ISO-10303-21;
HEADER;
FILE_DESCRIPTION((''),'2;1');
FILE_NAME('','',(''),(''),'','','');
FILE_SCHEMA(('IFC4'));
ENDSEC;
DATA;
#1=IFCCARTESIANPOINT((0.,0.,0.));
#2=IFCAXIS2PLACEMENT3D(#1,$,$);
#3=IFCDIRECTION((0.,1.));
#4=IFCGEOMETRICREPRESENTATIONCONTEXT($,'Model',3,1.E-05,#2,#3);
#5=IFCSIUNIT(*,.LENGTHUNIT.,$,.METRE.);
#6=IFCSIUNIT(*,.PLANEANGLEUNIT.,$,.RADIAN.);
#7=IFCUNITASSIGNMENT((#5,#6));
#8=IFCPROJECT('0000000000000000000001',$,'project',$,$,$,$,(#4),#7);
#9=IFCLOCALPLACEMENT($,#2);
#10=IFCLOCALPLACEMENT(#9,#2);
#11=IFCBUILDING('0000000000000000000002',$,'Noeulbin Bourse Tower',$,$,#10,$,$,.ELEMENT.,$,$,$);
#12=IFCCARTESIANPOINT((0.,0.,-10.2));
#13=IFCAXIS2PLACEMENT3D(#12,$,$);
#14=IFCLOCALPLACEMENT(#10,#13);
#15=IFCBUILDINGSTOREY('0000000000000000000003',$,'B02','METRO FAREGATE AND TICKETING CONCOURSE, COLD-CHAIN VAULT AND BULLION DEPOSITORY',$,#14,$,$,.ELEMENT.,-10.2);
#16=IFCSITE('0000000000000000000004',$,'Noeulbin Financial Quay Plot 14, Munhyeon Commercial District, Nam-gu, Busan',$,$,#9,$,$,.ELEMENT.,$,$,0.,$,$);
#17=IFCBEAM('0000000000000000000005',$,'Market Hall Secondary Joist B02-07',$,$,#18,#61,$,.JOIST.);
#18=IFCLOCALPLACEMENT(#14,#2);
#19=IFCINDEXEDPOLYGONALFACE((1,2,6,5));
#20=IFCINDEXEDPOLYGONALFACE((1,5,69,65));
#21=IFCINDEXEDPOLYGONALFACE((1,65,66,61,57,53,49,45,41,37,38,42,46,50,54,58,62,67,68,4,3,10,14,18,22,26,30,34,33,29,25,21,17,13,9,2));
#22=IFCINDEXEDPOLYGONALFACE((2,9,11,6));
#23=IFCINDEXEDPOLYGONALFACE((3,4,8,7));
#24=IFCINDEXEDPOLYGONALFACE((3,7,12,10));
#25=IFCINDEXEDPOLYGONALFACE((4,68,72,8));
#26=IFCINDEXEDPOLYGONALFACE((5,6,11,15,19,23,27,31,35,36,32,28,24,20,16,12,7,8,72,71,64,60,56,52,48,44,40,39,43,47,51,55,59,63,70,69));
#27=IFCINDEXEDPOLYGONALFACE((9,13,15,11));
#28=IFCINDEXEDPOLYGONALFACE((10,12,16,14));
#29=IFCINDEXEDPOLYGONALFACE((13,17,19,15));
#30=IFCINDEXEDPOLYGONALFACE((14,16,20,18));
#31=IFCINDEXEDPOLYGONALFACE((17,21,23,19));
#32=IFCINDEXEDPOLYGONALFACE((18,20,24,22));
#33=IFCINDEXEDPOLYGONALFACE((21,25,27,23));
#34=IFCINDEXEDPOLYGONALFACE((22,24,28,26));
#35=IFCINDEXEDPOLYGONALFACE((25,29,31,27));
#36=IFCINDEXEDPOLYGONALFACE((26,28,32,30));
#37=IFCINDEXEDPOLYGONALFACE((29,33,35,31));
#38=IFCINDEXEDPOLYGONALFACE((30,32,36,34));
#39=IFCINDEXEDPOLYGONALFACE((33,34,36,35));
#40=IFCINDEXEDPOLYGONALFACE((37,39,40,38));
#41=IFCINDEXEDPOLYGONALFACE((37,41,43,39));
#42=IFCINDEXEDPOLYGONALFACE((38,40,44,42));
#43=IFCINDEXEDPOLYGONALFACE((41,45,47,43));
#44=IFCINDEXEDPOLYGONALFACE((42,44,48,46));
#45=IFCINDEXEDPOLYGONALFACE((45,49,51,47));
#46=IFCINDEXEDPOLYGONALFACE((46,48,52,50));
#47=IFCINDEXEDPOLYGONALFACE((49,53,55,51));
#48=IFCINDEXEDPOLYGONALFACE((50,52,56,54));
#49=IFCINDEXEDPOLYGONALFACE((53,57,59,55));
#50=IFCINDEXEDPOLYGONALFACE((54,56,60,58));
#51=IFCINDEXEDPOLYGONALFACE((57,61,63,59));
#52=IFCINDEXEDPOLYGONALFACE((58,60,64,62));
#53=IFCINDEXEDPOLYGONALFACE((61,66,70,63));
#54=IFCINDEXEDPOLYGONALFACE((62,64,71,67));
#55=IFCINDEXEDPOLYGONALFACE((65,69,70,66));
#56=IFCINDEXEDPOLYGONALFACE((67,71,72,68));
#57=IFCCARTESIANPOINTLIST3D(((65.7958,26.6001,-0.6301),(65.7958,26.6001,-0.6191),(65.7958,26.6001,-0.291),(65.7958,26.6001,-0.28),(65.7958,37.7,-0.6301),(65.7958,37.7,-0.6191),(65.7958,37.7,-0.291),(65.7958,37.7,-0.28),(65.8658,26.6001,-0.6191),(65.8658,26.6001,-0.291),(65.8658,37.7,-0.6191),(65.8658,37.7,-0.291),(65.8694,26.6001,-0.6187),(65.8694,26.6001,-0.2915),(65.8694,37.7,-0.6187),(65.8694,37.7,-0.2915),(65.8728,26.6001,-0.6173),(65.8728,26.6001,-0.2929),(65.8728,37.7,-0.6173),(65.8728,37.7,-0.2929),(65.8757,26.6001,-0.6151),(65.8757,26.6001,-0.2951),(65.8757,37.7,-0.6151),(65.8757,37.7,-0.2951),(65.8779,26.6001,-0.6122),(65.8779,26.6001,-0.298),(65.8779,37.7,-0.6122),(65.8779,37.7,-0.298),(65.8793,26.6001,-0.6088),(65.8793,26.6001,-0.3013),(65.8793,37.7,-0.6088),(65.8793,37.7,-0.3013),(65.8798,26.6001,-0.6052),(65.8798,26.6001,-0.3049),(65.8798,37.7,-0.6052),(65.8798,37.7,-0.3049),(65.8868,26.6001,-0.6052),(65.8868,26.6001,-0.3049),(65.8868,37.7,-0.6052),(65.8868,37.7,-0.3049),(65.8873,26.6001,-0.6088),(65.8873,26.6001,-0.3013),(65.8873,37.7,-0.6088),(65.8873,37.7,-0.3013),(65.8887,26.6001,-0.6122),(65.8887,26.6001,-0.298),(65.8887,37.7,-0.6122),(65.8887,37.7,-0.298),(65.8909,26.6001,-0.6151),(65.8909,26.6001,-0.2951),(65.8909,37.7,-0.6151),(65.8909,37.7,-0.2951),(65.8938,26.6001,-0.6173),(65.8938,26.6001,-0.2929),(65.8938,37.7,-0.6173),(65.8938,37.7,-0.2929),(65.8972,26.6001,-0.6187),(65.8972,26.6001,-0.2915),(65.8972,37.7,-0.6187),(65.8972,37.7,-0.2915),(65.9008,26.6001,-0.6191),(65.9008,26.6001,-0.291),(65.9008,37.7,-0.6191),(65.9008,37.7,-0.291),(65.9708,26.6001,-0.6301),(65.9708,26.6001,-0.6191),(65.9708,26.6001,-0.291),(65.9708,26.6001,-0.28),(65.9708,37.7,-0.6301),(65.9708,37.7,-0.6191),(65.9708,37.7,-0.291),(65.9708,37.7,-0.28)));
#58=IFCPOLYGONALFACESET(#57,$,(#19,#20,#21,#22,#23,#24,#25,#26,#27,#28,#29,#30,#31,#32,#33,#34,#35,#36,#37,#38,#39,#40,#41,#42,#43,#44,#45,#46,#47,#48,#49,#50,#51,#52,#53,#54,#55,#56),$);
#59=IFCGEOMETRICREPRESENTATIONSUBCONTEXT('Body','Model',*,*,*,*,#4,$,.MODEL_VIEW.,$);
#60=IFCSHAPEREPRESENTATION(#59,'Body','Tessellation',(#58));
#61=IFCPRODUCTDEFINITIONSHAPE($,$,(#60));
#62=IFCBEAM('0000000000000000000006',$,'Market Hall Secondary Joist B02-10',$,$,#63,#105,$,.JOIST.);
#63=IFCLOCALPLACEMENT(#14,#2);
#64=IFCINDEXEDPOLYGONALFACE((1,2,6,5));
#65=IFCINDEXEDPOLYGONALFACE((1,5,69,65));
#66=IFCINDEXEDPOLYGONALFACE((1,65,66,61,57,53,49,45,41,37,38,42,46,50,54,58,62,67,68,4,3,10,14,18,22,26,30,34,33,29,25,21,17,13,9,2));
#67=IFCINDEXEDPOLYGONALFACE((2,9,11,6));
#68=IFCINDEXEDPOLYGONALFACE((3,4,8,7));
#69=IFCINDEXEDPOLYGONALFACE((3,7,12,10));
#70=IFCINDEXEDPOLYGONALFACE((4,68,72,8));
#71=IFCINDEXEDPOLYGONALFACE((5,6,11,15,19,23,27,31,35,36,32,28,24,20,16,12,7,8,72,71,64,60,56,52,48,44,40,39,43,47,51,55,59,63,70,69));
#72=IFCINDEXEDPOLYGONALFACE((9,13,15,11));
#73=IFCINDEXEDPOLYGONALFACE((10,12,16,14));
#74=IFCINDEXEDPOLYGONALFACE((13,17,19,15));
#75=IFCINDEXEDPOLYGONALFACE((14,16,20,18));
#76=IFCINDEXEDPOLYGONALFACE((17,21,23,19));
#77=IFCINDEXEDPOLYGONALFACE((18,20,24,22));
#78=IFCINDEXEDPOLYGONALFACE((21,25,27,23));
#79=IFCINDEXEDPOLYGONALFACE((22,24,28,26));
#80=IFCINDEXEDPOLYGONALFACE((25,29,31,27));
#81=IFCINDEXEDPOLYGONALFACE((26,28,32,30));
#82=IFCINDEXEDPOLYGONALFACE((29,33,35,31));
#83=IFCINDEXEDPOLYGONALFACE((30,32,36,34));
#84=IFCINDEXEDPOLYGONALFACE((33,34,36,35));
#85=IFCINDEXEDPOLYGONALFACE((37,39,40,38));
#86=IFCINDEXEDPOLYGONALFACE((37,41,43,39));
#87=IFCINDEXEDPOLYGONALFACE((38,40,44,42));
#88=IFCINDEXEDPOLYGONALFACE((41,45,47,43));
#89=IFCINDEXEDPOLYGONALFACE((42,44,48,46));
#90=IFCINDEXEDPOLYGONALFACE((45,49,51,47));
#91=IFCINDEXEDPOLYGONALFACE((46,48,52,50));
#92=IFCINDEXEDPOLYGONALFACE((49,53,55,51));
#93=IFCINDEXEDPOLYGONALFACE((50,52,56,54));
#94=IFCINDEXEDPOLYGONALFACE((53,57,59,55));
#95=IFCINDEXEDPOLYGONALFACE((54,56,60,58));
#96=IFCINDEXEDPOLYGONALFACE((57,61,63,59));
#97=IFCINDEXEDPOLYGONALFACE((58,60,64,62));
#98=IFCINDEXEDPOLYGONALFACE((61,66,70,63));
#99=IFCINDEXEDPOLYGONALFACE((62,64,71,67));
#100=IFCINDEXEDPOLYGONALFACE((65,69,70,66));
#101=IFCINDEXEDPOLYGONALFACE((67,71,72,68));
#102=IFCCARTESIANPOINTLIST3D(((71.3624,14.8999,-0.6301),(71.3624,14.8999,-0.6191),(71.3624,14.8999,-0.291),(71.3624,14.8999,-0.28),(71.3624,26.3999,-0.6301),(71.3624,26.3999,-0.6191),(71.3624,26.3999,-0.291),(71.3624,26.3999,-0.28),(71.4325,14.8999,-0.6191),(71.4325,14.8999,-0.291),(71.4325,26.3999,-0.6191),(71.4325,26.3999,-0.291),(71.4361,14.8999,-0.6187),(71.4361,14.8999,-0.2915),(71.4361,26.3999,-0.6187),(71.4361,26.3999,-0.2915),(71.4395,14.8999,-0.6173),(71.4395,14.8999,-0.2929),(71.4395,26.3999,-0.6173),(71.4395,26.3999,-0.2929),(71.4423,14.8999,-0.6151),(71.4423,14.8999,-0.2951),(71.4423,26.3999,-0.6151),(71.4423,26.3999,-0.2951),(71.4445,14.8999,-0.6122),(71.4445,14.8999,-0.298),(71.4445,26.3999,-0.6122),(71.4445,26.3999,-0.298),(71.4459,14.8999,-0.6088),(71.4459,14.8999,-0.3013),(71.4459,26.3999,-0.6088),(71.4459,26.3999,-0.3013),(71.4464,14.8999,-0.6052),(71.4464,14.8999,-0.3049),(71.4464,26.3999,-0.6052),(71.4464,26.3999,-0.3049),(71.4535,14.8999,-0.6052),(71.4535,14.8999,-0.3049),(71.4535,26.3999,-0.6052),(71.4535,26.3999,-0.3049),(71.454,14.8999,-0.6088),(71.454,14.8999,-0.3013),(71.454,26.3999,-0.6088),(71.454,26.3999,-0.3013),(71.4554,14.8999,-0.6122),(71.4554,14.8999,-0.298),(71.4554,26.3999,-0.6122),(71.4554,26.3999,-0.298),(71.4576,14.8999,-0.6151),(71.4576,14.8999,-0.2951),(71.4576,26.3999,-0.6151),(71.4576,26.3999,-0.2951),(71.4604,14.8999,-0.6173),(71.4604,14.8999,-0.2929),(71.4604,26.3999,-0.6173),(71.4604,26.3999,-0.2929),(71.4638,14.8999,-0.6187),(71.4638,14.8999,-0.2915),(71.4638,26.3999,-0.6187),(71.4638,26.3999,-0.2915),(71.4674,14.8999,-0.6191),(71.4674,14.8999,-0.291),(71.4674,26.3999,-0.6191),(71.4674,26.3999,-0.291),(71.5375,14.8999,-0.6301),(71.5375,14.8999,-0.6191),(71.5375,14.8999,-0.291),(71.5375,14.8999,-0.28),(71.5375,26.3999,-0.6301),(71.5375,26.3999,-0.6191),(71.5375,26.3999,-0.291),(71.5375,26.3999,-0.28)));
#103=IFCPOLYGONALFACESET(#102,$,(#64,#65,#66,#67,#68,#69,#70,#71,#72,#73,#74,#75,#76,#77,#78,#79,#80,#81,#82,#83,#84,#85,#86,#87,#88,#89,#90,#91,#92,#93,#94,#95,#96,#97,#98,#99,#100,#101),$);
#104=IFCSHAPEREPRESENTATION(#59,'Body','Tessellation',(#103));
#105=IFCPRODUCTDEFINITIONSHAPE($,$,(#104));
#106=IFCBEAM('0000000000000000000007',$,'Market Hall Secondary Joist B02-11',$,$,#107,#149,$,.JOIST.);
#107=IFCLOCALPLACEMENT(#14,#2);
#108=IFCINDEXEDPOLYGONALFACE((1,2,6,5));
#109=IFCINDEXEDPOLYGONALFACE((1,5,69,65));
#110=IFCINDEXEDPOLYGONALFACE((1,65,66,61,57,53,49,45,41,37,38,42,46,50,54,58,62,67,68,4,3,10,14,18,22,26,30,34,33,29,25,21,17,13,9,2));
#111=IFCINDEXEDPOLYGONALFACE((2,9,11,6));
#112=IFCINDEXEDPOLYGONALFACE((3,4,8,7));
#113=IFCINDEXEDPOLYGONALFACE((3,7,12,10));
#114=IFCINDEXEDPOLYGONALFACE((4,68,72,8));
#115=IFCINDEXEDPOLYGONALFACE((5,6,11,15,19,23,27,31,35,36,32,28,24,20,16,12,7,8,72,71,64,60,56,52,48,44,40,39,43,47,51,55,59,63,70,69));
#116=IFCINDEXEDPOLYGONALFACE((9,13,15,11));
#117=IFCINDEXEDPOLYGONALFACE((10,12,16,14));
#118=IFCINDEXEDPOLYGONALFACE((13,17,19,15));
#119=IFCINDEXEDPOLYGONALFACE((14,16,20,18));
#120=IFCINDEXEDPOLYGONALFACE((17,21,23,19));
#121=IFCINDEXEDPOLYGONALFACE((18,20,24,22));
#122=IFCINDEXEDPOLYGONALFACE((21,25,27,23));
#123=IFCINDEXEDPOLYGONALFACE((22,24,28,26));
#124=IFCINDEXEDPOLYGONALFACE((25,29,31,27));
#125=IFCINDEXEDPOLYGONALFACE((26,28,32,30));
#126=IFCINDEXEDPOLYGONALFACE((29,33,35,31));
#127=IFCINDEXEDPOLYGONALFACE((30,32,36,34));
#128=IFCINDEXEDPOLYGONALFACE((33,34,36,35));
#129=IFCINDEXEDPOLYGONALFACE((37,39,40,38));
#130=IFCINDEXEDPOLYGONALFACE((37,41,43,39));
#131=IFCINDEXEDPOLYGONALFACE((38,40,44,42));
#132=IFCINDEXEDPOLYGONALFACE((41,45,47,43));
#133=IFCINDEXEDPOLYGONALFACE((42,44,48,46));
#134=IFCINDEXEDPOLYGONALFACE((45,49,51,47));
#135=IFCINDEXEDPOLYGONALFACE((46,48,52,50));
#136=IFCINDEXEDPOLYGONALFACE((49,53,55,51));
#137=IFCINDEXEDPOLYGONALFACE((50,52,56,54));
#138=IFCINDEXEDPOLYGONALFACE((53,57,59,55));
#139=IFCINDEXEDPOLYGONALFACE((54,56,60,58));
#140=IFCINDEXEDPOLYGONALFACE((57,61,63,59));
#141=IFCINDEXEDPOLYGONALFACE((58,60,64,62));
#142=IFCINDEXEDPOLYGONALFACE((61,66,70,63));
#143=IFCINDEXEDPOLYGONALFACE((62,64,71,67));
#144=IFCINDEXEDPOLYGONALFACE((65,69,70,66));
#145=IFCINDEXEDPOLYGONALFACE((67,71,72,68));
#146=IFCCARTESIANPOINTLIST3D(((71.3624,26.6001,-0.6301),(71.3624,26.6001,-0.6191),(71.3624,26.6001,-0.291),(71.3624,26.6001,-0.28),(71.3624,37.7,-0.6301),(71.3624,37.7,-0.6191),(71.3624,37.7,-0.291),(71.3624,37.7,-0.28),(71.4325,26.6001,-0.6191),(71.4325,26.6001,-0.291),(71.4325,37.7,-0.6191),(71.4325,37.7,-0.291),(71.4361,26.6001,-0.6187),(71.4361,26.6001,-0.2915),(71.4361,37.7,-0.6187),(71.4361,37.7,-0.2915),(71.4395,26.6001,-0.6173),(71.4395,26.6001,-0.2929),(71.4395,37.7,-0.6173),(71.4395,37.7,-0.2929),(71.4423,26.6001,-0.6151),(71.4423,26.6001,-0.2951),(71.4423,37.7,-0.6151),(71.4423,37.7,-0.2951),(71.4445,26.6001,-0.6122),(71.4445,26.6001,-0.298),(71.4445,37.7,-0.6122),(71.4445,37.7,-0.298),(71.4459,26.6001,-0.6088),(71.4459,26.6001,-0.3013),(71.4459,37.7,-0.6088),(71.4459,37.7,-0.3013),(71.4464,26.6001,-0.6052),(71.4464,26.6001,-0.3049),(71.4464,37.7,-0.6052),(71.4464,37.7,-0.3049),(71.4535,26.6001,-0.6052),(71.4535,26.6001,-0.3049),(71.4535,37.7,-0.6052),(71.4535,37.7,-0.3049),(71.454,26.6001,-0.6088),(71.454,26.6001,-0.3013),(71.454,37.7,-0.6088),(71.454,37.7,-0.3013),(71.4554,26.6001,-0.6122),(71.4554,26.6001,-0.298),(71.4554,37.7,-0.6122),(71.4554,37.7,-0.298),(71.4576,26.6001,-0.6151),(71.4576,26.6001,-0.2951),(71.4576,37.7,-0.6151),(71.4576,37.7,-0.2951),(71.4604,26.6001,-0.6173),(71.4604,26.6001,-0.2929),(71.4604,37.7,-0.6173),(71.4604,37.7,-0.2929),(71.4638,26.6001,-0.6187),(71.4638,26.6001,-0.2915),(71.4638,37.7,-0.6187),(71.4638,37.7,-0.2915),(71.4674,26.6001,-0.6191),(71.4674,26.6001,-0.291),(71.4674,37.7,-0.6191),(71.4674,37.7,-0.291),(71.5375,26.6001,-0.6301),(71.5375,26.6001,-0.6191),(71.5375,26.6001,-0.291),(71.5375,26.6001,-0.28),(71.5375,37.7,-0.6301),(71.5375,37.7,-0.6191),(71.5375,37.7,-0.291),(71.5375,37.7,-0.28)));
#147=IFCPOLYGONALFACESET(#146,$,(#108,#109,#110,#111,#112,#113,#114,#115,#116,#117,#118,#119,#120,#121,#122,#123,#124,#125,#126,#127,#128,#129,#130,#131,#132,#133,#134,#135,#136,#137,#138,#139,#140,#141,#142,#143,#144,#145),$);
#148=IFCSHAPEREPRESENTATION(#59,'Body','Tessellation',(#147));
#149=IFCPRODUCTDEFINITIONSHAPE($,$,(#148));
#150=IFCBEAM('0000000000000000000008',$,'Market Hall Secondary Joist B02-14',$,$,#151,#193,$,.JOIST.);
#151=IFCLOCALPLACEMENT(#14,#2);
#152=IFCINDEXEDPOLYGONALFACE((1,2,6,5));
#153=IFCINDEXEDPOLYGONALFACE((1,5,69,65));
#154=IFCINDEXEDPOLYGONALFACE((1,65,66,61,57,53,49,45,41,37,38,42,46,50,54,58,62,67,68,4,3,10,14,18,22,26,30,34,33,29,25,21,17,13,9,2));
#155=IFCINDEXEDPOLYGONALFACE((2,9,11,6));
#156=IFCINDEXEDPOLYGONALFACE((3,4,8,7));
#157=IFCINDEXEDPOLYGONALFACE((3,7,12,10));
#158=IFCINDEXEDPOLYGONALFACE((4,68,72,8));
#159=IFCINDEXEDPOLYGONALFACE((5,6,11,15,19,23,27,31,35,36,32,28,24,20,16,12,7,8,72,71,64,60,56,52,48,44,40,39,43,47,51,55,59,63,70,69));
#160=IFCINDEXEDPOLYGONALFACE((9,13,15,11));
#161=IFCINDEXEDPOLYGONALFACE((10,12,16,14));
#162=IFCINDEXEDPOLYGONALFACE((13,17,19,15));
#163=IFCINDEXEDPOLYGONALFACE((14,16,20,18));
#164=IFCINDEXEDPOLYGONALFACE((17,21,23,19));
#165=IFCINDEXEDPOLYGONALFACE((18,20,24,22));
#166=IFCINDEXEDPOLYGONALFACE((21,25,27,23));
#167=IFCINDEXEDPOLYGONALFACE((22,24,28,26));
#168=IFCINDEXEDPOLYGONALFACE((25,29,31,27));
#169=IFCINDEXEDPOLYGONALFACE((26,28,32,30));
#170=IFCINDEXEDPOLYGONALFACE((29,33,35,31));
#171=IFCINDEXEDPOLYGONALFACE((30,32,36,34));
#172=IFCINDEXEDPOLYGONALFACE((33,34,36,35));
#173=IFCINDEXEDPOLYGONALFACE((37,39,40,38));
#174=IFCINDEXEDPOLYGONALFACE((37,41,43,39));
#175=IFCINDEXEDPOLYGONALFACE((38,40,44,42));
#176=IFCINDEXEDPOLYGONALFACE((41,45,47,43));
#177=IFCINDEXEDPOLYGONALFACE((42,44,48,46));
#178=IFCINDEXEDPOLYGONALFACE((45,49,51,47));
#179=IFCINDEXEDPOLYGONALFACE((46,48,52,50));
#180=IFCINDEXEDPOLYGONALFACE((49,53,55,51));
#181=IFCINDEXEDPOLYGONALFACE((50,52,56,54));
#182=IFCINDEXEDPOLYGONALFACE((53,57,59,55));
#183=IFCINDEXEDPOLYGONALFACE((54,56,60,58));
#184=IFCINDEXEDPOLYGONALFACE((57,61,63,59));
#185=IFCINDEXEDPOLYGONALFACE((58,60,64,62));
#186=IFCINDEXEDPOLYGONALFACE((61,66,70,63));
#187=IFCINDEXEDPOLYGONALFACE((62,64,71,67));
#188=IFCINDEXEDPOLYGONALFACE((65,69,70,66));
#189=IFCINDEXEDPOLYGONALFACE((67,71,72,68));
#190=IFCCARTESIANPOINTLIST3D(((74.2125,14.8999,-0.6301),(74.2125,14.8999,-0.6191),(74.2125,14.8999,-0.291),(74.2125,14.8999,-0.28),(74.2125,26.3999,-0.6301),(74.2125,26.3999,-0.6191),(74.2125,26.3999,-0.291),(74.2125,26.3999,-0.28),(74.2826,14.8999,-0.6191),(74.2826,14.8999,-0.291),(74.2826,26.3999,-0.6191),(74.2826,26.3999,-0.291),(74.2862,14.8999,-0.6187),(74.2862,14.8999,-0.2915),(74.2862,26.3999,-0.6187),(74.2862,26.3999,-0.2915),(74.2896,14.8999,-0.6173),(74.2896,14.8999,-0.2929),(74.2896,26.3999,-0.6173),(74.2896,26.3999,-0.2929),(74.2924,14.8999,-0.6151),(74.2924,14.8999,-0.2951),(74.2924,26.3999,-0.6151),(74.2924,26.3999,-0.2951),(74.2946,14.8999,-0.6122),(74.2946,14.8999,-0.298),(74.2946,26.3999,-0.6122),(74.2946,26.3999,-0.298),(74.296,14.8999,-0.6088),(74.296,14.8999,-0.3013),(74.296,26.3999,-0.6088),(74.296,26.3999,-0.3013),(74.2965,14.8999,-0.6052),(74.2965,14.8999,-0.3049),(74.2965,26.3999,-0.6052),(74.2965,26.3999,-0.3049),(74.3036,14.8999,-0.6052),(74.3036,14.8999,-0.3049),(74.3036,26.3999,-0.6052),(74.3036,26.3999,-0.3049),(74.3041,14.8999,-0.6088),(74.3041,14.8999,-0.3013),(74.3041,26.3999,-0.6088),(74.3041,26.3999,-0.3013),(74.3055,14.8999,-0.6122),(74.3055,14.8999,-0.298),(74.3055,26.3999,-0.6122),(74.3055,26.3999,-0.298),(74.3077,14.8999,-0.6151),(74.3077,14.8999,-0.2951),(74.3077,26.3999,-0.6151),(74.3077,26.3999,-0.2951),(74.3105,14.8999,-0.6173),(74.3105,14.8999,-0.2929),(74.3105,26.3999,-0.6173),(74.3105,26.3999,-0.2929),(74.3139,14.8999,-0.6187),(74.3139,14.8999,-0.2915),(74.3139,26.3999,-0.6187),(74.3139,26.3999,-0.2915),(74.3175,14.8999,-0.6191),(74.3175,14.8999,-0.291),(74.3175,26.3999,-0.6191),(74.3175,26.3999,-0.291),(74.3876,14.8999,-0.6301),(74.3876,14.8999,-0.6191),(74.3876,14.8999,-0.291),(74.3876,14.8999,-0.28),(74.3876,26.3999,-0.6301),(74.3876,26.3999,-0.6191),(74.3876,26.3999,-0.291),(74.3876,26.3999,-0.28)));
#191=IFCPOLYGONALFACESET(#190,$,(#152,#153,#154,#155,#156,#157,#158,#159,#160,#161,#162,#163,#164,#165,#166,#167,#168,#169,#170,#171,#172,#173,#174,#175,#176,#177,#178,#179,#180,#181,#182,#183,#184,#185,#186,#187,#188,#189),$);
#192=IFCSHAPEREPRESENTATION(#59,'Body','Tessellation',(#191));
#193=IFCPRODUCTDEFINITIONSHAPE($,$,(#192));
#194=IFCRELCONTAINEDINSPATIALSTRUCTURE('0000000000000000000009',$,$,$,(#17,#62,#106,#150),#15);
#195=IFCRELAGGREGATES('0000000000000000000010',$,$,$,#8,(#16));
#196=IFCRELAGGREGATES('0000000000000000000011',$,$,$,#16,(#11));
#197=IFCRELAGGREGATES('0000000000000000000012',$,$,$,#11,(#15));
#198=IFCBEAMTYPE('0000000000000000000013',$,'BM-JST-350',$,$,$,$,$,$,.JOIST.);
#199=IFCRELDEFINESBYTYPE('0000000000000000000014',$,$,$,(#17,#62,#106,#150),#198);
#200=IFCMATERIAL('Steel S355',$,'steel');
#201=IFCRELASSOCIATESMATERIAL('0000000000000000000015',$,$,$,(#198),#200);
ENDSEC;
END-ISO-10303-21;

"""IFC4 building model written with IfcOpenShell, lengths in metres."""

from ifc_helpers import new_model, si_unit, direction, frame, origin, origin_2d, place, context, subcontext, project, spatial, i_section, extrude, material, material_profile, profile_set, type_object, element, save


model = new_model("IFC4")

# Units and contexts
model_context = context("Model", 3, precision=1e-05, world=origin(), true_north=direction((0.0, 1.0)))
body_context = subcontext(model_context, "Body", "Model", "MODEL_VIEW")
ifc_project = project(units=[si_unit("LENGTHUNIT", "METRE"), si_unit("PLANEANGLEUNIT", "RADIAN")], contexts=[model_context])

# Site, building, storey
site_placement = place(None, origin())
site = spatial("IfcSite", under=ifc_project, at=site_placement, Name="Noeulbin Financial Quay Plot 14, Munhyeon Commercial District, Nam-gu, Busan", CompositionType="ELEMENT", RefElevation=0.0)
building_placement = place(site_placement, origin())
building = spatial("IfcBuilding", under=site, at=building_placement, Name="Noeulbin Bourse Tower", CompositionType="ELEMENT")
storey_placement = place(building_placement, frame((0.0, 0.0, -10.2)))
storey = spatial("IfcBuildingStorey", under=building, at=storey_placement, Name="B02", Description="METRO FAREGATE AND TICKETING CONCOURSE, COLD-CHAIN VAULT AND BULLION DEPOSITORY", CompositionType="ELEMENT", Elevation=-10.2)

# Beams
ifc_material_1 = material(Name="Steel S355", Category="steel")
ifc_material_profile_1 = material_profile(ifc_material_1, i_section(OverallWidth=0.175, OverallDepth=0.3501, WebThickness=0.0071, FlangeThickness=0.011, FilletRadius=0.0139, at=origin_2d()), Name="H-350x175x7x11", Category="LoadBearing")
ifc_profile_set_1 = profile_set([ifc_material_profile_1], Name="Steel S355")
beam_type_1 = type_object("IfcBeamType", Name="BM-JST-350", PredefinedType="JOIST", material=ifc_profile_set_1)
for number, where, z_axis, x_axis, name in (
    (1, (65.8833, 26.6001, -0.4551), (0.0, 1.0, 0.0), (-1.0, 0.0, 0.0), "Market Hall Secondary Joist B02-07"),
):
    element("IfcBeam", number, at=place(storey_placement, frame(where, z_axis=z_axis, x_axis=x_axis)), inside=storey, type_object=beam_type_1, Name=name, PredefinedType="JOIST", context=body_context, shape_type="SweptSolid", body=[
        extrude(i_section(OverallWidth=0.175, OverallDepth=0.3501, WebThickness=0.0071, FlangeThickness=0.011, FilletRadius=0.0139, at=origin_2d()), origin(), (0.0, 0.0, 1.0), 11.0999),
    ])
beam_1_placement = place(storey_placement, frame((71.45, 14.8999, -0.4551), z_axis=(0.0, 1.0, 0.0), x_axis=(-1.0, 0.0, 0.0)))
element("IfcBeam", 2, at=beam_1_placement, inside=storey, type_object=beam_type_1, Name="Market Hall Secondary Joist B02-10", PredefinedType="JOIST", context=body_context, shape_type="SweptSolid", body=[
    extrude(i_section(OverallWidth=0.175, OverallDepth=0.3501, WebThickness=0.0071, FlangeThickness=0.011, FilletRadius=0.0139, at=origin_2d()), origin(), (0.0, 0.0, 1.0), 11.5),
])
beam_2_placement = place(storey_placement, frame((71.45, 26.6001, -0.4551), z_axis=(0.0, 1.0, 0.0), x_axis=(-1.0, 0.0, 0.0)))
element("IfcBeam", 3, at=beam_2_placement, inside=storey, type_object=beam_type_1, Name="Market Hall Secondary Joist B02-11", PredefinedType="JOIST", context=body_context, shape_type="SweptSolid", body=[
    extrude(i_section(OverallWidth=0.175, OverallDepth=0.3501, WebThickness=0.0071, FlangeThickness=0.011, FilletRadius=0.0139, at=origin_2d()), origin(), (0.0, 0.0, 1.0), 11.0999),
])
beam_3_placement = place(storey_placement, frame((74.3, 14.8999, -0.4551), z_axis=(0.0, 1.0, 0.0), x_axis=(-1.0, 0.0, 0.0)))
element("IfcBeam", 4, at=beam_3_placement, inside=storey, type_object=beam_type_1, Name="Market Hall Secondary Joist B02-14", PredefinedType="JOIST", context=body_context, shape_type="SweptSolid", body=[
    extrude(i_section(OverallWidth=0.175, OverallDepth=0.3501, WebThickness=0.0071, FlangeThickness=0.011, FilletRadius=0.0139, at=origin_2d()), origin(), (0.0, 0.0, 1.0), 11.5),
])

save(model, "model.ifc")
